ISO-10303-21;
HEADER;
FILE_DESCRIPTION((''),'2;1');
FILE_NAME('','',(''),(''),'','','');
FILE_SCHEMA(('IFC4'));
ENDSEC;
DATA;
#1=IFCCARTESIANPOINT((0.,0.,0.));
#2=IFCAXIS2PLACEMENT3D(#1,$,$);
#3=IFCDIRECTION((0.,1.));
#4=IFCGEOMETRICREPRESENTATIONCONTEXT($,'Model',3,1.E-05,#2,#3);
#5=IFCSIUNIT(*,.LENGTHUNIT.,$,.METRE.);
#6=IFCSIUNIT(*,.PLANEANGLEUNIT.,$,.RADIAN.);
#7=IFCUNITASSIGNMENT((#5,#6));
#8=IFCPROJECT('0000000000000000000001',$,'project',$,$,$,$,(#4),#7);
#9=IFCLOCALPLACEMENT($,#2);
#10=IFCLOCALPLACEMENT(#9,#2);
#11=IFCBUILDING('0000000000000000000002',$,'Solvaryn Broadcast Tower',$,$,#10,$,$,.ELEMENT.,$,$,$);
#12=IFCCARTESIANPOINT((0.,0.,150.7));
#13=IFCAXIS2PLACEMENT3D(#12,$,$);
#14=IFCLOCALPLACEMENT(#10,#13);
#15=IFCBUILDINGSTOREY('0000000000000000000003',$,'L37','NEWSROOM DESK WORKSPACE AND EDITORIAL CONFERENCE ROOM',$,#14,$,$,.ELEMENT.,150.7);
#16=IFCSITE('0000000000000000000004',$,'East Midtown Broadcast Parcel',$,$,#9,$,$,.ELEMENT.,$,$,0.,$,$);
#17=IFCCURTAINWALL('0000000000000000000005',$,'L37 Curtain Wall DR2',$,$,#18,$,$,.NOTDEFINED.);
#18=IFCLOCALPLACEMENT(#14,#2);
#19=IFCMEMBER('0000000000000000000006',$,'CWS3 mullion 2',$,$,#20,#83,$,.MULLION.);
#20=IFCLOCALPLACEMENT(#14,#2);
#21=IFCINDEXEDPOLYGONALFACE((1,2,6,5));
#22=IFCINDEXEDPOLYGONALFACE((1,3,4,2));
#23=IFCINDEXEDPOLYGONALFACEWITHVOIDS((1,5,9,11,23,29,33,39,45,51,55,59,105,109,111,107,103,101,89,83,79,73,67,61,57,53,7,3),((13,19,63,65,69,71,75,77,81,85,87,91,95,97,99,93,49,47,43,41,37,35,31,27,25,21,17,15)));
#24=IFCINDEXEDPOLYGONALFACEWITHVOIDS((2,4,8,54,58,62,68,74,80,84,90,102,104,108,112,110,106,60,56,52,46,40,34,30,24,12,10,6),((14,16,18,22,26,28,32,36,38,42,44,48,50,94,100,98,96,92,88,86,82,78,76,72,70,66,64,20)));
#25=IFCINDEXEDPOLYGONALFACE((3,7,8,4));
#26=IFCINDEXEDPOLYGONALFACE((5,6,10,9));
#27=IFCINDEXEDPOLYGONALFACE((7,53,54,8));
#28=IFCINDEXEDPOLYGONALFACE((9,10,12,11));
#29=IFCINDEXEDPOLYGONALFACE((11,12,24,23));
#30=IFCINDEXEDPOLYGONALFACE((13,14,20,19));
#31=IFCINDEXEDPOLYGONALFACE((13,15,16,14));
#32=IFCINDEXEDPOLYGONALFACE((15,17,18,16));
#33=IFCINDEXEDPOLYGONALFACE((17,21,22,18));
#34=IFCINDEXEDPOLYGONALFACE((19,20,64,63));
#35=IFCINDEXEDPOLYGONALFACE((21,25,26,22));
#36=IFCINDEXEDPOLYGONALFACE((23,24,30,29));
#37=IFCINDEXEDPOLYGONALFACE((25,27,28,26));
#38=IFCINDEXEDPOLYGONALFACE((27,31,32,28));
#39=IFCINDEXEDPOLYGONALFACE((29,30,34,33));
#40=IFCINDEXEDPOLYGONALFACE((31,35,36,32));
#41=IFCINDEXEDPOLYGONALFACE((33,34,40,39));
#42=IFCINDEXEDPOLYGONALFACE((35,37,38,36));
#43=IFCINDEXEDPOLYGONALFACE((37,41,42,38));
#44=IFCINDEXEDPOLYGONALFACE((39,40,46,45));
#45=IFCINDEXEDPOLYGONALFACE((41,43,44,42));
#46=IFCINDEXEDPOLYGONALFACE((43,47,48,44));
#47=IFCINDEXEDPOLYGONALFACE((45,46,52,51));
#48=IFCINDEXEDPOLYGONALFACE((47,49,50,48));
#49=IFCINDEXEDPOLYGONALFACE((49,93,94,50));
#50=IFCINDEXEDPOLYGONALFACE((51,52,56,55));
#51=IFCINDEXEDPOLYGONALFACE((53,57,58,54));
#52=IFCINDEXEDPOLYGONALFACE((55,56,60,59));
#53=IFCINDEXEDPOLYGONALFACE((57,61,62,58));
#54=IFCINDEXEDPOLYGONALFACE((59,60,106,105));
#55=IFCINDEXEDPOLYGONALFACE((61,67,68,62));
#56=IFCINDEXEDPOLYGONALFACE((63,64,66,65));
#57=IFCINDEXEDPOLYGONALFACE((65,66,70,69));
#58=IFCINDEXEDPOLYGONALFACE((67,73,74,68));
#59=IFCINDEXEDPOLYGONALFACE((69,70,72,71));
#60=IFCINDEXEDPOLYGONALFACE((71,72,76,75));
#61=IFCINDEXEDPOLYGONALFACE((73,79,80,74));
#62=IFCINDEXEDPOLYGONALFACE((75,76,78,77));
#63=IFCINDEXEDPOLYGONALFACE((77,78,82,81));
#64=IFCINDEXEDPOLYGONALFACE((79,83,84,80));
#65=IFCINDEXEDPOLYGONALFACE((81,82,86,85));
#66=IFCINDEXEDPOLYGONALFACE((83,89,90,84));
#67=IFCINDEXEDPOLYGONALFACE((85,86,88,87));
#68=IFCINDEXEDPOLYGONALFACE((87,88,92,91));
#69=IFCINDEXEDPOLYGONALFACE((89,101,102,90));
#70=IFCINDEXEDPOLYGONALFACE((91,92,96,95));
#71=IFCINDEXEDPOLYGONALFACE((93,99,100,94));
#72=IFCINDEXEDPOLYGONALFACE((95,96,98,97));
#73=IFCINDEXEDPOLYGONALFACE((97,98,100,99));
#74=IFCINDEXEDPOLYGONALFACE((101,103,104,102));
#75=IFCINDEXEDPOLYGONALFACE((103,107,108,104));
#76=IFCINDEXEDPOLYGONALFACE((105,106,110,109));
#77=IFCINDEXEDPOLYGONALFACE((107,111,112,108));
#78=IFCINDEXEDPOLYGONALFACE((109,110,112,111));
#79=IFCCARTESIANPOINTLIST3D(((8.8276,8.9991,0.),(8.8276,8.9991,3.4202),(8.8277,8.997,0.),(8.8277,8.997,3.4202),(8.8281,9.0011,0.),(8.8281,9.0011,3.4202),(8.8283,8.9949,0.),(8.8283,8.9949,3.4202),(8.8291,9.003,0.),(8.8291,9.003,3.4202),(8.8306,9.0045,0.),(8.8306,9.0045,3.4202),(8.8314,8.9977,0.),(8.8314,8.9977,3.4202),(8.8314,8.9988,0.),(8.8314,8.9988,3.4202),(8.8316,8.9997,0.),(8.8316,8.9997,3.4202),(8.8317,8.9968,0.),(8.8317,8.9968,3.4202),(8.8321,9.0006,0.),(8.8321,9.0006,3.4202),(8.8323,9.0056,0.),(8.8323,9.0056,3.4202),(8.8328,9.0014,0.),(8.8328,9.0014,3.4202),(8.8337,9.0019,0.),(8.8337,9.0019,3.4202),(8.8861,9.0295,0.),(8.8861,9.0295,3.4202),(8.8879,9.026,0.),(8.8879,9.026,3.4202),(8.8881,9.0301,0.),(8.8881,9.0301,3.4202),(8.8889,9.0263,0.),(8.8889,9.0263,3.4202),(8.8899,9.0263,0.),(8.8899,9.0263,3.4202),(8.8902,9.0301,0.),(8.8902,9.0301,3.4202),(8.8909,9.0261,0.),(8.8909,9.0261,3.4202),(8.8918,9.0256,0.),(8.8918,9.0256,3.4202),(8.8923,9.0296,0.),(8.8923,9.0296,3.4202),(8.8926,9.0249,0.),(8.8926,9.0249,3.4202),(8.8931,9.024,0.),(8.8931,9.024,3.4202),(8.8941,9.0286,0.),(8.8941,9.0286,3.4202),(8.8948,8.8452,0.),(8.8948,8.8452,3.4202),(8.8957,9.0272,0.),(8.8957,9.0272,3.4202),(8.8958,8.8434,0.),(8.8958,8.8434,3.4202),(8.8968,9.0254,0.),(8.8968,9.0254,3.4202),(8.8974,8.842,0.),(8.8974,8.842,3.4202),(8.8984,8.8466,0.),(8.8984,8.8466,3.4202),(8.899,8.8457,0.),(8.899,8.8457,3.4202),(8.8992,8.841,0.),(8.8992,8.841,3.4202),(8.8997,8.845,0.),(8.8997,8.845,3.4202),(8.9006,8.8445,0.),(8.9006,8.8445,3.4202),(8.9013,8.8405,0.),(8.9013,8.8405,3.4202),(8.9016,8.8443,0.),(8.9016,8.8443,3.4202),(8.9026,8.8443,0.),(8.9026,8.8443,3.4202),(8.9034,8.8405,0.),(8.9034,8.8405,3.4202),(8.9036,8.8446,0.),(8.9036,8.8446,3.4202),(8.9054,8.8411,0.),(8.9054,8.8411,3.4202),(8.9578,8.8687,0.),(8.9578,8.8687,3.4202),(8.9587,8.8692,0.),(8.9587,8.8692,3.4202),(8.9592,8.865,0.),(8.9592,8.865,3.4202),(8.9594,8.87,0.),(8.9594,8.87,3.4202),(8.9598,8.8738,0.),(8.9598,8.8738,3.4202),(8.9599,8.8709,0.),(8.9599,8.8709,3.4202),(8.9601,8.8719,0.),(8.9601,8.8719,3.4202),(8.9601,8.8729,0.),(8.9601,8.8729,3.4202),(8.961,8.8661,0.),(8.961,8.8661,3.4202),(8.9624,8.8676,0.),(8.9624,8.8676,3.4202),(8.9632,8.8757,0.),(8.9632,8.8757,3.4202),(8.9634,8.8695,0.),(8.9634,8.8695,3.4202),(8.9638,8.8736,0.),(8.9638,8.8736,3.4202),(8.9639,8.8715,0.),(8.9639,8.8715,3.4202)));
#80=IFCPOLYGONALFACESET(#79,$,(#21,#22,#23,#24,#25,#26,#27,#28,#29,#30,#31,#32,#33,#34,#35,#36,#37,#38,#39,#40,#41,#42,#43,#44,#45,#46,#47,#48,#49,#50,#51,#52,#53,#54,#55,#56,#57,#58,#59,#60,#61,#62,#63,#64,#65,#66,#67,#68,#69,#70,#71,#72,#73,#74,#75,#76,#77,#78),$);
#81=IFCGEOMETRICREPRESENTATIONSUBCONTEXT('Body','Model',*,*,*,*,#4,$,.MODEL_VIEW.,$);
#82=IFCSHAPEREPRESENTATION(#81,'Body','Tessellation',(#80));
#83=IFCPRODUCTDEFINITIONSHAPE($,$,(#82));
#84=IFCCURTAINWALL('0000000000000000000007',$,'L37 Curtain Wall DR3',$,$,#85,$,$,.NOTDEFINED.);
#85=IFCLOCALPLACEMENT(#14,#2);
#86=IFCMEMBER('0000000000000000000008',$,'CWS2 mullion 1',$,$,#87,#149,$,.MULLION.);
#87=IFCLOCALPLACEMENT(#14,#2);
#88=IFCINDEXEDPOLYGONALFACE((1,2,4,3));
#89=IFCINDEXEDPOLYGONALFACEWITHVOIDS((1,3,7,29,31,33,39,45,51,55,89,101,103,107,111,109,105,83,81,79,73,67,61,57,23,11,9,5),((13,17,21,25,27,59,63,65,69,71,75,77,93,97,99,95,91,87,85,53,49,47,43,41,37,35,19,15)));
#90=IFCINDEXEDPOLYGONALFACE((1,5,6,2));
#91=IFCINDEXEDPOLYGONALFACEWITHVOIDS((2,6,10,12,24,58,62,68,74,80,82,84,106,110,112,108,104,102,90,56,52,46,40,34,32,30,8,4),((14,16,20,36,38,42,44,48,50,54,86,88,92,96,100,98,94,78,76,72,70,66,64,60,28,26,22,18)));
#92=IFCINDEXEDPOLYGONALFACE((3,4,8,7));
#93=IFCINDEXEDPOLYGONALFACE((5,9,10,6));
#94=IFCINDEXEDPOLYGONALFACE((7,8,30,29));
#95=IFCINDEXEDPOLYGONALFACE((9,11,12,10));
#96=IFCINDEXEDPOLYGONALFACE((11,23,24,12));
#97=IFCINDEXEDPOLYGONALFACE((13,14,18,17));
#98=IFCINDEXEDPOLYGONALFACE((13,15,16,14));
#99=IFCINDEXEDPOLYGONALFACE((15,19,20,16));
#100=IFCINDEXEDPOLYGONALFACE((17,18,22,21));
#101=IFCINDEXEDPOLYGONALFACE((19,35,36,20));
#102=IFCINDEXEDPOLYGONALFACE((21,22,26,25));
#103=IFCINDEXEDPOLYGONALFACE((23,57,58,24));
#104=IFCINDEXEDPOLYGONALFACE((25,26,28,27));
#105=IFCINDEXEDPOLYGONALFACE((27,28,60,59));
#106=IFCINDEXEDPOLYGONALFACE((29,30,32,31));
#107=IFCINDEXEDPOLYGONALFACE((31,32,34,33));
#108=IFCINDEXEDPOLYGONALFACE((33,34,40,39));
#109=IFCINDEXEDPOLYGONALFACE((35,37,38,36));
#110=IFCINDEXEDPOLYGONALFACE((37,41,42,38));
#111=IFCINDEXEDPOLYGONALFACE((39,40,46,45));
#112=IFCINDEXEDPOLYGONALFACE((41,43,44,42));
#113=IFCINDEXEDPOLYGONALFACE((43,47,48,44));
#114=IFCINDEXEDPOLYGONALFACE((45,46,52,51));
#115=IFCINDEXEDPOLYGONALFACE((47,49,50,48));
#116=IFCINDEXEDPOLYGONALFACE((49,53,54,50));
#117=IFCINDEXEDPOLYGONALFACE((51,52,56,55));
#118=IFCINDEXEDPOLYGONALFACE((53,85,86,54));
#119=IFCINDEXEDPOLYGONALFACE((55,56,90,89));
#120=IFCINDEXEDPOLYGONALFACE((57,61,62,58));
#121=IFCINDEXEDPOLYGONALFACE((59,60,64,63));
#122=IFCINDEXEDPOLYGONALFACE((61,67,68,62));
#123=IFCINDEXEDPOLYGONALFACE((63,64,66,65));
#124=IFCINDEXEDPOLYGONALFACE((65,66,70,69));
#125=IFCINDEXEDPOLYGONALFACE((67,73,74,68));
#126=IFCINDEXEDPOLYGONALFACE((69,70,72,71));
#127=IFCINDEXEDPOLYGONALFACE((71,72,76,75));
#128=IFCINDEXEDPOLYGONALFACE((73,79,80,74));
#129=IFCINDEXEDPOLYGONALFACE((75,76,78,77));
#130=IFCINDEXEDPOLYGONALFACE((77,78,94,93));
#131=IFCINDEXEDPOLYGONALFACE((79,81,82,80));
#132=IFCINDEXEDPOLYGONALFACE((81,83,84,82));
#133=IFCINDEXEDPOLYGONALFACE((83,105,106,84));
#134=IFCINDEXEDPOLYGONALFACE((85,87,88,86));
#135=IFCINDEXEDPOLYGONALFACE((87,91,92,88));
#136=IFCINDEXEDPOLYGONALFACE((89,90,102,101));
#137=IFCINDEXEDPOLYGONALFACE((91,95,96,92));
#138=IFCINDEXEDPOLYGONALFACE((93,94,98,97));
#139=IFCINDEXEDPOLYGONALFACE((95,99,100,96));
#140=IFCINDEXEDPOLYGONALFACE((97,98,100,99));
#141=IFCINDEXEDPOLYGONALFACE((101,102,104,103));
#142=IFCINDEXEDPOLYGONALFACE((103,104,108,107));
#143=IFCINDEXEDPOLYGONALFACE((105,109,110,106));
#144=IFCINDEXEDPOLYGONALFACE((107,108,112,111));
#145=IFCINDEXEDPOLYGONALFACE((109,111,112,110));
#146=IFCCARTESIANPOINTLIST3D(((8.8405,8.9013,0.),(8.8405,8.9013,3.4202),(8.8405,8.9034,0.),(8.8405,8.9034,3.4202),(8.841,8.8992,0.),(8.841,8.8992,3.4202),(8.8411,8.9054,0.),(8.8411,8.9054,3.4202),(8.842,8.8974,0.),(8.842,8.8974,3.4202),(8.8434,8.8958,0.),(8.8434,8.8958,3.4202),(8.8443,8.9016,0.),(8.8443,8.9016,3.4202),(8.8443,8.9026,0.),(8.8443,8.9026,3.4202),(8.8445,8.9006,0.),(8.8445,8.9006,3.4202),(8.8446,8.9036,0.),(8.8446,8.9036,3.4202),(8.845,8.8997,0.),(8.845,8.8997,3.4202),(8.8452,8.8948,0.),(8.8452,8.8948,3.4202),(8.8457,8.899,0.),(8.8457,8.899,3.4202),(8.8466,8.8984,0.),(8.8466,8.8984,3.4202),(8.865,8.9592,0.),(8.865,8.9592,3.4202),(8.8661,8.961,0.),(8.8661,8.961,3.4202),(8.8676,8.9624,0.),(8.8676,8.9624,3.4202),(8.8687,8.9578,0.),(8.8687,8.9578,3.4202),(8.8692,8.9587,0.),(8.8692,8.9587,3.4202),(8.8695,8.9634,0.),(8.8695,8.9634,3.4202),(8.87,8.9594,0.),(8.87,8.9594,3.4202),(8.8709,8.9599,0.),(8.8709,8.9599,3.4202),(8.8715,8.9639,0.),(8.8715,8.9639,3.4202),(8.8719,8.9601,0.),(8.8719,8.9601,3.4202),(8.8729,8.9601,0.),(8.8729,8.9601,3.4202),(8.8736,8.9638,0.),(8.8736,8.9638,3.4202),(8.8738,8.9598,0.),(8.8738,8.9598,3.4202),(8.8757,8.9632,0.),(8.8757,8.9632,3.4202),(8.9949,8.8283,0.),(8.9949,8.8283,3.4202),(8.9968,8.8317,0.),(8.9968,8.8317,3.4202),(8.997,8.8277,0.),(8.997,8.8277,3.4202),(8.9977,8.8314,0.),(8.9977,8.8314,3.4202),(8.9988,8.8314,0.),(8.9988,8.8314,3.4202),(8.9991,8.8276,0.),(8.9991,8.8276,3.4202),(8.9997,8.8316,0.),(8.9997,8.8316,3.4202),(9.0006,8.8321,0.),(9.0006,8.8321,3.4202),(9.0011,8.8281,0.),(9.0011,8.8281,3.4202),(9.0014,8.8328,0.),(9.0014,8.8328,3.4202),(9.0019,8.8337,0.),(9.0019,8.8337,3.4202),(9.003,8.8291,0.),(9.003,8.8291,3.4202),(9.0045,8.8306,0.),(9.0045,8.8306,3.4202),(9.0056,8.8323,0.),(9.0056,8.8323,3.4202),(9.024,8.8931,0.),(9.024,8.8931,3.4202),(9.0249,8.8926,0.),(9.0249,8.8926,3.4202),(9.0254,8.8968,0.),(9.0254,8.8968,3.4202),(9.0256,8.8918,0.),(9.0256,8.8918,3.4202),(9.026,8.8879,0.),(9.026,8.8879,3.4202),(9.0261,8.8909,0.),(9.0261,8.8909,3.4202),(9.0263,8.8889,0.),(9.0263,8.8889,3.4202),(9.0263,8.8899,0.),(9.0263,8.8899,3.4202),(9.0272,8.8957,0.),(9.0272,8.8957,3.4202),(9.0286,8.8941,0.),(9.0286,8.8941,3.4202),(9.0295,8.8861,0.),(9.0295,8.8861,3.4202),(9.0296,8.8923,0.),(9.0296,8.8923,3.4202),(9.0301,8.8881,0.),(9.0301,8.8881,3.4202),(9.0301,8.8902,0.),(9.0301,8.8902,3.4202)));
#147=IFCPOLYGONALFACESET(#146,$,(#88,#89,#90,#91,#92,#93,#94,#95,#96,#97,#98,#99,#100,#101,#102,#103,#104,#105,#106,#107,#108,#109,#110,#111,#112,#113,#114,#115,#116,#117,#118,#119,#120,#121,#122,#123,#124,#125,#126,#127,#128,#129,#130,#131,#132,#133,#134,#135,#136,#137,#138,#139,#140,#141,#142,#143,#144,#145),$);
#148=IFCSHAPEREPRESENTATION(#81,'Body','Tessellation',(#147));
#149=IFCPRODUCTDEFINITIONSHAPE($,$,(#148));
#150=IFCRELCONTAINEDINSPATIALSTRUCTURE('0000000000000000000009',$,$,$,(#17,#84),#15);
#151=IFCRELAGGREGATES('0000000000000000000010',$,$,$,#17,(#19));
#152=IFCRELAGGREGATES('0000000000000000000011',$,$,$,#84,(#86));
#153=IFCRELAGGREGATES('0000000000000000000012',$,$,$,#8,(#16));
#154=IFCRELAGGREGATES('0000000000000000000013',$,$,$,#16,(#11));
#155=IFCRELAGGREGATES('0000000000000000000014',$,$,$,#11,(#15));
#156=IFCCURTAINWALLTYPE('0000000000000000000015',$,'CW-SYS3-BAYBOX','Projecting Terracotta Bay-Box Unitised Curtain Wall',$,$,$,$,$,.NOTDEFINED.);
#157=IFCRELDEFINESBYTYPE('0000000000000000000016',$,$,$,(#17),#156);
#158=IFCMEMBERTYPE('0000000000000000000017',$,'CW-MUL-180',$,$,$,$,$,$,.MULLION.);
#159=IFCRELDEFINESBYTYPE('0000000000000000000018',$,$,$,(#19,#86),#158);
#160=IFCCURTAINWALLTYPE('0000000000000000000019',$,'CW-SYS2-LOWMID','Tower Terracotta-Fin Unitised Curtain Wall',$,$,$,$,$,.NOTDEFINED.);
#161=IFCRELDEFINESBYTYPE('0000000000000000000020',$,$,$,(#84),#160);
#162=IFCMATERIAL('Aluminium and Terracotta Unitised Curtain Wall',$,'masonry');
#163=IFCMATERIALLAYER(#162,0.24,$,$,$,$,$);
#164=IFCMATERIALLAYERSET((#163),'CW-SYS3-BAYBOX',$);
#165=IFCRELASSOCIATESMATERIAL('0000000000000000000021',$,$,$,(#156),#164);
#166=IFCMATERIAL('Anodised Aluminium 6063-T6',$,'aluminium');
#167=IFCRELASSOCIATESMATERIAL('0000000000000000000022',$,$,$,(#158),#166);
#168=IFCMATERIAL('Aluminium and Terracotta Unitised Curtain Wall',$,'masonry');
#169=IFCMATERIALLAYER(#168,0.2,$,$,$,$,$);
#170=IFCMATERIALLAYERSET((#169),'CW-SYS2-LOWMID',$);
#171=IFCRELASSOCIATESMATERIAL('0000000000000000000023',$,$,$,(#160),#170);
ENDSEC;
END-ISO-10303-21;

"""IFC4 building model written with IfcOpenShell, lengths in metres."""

from ifc_helpers import new_model, si_unit, direction, frame, origin, origin_2d, place, context, subcontext, project, spatial, hollow_rectangle, extrude, material, layer, layer_set, material_profile, profile_set, type_object, element, aggregate, save


model = new_model("IFC4")

# Units and contexts
model_context = context("Model", 3, precision=1e-05, world=origin(), true_north=direction((0.0, 1.0)))
body_context = subcontext(model_context, "Body", "Model", "MODEL_VIEW")
ifc_project = project(units=[si_unit("LENGTHUNIT", "METRE"), si_unit("PLANEANGLEUNIT", "RADIAN")], contexts=[model_context])

# Site, building, storey
site_placement = place(None, origin())
site = spatial("IfcSite", under=ifc_project, at=site_placement, Name="East Midtown Broadcast Parcel", CompositionType="ELEMENT", RefElevation=0.0)
building_placement = place(site_placement, origin())
building = spatial("IfcBuilding", under=site, at=building_placement, Name="Solvaryn Broadcast Tower", CompositionType="ELEMENT")
storey_placement = place(building_placement, frame((0.0, 0.0, 150.7)))
storey = spatial("IfcBuildingStorey", under=building, at=storey_placement, Name="L37", Description="NEWSROOM DESK WORKSPACE AND EDITORIAL CONFERENCE ROOM", CompositionType="ELEMENT", Elevation=150.7)

# Curtain wall, member
ifc_material_1 = material(Name="Aluminium and Terracotta Unitised Curtain Wall", Category="masonry")
ifc_layer_1 = layer(ifc_material_1, 0.24)
ifc_layer_set_1 = layer_set([ifc_layer_1], Name="CW-SYS3-BAYBOX")
curtain_wall_type_1 = type_object("IfcCurtainWallType", Name="CW-SYS3-BAYBOX", Description="Projecting Terracotta Bay-Box Unitised Curtain Wall", PredefinedType="NOTDEFINED", material=ifc_layer_set_1)
curtain_wall_1_placement = place(storey_placement, origin())
curtain_wall_1 = element("IfcCurtainWall", 1, at=curtain_wall_1_placement, inside=storey, type_object=curtain_wall_type_1, Name="L37 Curtain Wall DR2", PredefinedType="NOTDEFINED")
ifc_material_2 = material(Name="Anodised Aluminium 6063-T6", Category="aluminium")
ifc_material_profile_1 = material_profile(ifc_material_2, hollow_rectangle(XDim=0.075, YDim=0.1799, WallThickness=0.0039, InnerFilletRadius=0.0039, OuterFilletRadius=0.0081, at=origin_2d()))
ifc_profile_set_1 = profile_set([ifc_material_profile_1], Name="Anodised Aluminium 6063-T6")
member_type_1 = type_object("IfcMemberType", Name="CW-MUL-180", PredefinedType="MULLION", material=ifc_profile_set_1)
member_1_placement = place(storey_placement, frame((8.8958, 8.9353, 0.0), z_axis=(0.0, 0.0, 1.0), x_axis=(0.913909, 0.405918, 0.0)))
member_1 = element("IfcMember", 2, at=member_1_placement, type_object=member_type_1, Name="CWS3 mullion 2", PredefinedType="MULLION", context=body_context, shape_type="SweptSolid", body=[
    extrude(hollow_rectangle(XDim=0.075, YDim=0.1799, WallThickness=0.0039, InnerFilletRadius=0.0039, OuterFilletRadius=0.0081, at=origin_2d()), origin(), (0.0, 0.0, 1.0), 3.4202),
])
aggregate(curtain_wall_1, [member_1])

# Curtain wall, member
ifc_material_3 = material(Name="Aluminium and Terracotta Unitised Curtain Wall", Category="masonry")
ifc_layer_2 = layer(ifc_material_3, 0.2)
ifc_layer_set_2 = layer_set([ifc_layer_2], Name="CW-SYS2-LOWMID")
curtain_wall_type_2 = type_object("IfcCurtainWallType", Name="CW-SYS2-LOWMID", Description="Tower Terracotta-Fin Unitised Curtain Wall", PredefinedType="NOTDEFINED", material=ifc_layer_set_2)
curtain_wall_2_placement = place(storey_placement, origin())
curtain_wall_2 = element("IfcCurtainWall", 3, at=curtain_wall_2_placement, inside=storey, type_object=curtain_wall_type_2, Name="L37 Curtain Wall DR3", PredefinedType="NOTDEFINED")
member_2_placement = place(storey_placement, frame((8.9353, 8.8958, 0.0), z_axis=(0.0, 0.0, 1.0), x_axis=(0.405918, 0.913909, 0.0)))
member_2 = element("IfcMember", 4, at=member_2_placement, type_object=member_type_1, Name="CWS2 mullion 1", PredefinedType="MULLION", context=body_context, shape_type="SweptSolid", body=[
    extrude(hollow_rectangle(XDim=0.075, YDim=0.1799, WallThickness=0.0039, InnerFilletRadius=0.0039, OuterFilletRadius=0.0081, at=origin_2d()), origin(), (0.0, 0.0, 1.0), 3.4202),
])
aggregate(curtain_wall_2, [member_2])

save(model, "model.ifc")
